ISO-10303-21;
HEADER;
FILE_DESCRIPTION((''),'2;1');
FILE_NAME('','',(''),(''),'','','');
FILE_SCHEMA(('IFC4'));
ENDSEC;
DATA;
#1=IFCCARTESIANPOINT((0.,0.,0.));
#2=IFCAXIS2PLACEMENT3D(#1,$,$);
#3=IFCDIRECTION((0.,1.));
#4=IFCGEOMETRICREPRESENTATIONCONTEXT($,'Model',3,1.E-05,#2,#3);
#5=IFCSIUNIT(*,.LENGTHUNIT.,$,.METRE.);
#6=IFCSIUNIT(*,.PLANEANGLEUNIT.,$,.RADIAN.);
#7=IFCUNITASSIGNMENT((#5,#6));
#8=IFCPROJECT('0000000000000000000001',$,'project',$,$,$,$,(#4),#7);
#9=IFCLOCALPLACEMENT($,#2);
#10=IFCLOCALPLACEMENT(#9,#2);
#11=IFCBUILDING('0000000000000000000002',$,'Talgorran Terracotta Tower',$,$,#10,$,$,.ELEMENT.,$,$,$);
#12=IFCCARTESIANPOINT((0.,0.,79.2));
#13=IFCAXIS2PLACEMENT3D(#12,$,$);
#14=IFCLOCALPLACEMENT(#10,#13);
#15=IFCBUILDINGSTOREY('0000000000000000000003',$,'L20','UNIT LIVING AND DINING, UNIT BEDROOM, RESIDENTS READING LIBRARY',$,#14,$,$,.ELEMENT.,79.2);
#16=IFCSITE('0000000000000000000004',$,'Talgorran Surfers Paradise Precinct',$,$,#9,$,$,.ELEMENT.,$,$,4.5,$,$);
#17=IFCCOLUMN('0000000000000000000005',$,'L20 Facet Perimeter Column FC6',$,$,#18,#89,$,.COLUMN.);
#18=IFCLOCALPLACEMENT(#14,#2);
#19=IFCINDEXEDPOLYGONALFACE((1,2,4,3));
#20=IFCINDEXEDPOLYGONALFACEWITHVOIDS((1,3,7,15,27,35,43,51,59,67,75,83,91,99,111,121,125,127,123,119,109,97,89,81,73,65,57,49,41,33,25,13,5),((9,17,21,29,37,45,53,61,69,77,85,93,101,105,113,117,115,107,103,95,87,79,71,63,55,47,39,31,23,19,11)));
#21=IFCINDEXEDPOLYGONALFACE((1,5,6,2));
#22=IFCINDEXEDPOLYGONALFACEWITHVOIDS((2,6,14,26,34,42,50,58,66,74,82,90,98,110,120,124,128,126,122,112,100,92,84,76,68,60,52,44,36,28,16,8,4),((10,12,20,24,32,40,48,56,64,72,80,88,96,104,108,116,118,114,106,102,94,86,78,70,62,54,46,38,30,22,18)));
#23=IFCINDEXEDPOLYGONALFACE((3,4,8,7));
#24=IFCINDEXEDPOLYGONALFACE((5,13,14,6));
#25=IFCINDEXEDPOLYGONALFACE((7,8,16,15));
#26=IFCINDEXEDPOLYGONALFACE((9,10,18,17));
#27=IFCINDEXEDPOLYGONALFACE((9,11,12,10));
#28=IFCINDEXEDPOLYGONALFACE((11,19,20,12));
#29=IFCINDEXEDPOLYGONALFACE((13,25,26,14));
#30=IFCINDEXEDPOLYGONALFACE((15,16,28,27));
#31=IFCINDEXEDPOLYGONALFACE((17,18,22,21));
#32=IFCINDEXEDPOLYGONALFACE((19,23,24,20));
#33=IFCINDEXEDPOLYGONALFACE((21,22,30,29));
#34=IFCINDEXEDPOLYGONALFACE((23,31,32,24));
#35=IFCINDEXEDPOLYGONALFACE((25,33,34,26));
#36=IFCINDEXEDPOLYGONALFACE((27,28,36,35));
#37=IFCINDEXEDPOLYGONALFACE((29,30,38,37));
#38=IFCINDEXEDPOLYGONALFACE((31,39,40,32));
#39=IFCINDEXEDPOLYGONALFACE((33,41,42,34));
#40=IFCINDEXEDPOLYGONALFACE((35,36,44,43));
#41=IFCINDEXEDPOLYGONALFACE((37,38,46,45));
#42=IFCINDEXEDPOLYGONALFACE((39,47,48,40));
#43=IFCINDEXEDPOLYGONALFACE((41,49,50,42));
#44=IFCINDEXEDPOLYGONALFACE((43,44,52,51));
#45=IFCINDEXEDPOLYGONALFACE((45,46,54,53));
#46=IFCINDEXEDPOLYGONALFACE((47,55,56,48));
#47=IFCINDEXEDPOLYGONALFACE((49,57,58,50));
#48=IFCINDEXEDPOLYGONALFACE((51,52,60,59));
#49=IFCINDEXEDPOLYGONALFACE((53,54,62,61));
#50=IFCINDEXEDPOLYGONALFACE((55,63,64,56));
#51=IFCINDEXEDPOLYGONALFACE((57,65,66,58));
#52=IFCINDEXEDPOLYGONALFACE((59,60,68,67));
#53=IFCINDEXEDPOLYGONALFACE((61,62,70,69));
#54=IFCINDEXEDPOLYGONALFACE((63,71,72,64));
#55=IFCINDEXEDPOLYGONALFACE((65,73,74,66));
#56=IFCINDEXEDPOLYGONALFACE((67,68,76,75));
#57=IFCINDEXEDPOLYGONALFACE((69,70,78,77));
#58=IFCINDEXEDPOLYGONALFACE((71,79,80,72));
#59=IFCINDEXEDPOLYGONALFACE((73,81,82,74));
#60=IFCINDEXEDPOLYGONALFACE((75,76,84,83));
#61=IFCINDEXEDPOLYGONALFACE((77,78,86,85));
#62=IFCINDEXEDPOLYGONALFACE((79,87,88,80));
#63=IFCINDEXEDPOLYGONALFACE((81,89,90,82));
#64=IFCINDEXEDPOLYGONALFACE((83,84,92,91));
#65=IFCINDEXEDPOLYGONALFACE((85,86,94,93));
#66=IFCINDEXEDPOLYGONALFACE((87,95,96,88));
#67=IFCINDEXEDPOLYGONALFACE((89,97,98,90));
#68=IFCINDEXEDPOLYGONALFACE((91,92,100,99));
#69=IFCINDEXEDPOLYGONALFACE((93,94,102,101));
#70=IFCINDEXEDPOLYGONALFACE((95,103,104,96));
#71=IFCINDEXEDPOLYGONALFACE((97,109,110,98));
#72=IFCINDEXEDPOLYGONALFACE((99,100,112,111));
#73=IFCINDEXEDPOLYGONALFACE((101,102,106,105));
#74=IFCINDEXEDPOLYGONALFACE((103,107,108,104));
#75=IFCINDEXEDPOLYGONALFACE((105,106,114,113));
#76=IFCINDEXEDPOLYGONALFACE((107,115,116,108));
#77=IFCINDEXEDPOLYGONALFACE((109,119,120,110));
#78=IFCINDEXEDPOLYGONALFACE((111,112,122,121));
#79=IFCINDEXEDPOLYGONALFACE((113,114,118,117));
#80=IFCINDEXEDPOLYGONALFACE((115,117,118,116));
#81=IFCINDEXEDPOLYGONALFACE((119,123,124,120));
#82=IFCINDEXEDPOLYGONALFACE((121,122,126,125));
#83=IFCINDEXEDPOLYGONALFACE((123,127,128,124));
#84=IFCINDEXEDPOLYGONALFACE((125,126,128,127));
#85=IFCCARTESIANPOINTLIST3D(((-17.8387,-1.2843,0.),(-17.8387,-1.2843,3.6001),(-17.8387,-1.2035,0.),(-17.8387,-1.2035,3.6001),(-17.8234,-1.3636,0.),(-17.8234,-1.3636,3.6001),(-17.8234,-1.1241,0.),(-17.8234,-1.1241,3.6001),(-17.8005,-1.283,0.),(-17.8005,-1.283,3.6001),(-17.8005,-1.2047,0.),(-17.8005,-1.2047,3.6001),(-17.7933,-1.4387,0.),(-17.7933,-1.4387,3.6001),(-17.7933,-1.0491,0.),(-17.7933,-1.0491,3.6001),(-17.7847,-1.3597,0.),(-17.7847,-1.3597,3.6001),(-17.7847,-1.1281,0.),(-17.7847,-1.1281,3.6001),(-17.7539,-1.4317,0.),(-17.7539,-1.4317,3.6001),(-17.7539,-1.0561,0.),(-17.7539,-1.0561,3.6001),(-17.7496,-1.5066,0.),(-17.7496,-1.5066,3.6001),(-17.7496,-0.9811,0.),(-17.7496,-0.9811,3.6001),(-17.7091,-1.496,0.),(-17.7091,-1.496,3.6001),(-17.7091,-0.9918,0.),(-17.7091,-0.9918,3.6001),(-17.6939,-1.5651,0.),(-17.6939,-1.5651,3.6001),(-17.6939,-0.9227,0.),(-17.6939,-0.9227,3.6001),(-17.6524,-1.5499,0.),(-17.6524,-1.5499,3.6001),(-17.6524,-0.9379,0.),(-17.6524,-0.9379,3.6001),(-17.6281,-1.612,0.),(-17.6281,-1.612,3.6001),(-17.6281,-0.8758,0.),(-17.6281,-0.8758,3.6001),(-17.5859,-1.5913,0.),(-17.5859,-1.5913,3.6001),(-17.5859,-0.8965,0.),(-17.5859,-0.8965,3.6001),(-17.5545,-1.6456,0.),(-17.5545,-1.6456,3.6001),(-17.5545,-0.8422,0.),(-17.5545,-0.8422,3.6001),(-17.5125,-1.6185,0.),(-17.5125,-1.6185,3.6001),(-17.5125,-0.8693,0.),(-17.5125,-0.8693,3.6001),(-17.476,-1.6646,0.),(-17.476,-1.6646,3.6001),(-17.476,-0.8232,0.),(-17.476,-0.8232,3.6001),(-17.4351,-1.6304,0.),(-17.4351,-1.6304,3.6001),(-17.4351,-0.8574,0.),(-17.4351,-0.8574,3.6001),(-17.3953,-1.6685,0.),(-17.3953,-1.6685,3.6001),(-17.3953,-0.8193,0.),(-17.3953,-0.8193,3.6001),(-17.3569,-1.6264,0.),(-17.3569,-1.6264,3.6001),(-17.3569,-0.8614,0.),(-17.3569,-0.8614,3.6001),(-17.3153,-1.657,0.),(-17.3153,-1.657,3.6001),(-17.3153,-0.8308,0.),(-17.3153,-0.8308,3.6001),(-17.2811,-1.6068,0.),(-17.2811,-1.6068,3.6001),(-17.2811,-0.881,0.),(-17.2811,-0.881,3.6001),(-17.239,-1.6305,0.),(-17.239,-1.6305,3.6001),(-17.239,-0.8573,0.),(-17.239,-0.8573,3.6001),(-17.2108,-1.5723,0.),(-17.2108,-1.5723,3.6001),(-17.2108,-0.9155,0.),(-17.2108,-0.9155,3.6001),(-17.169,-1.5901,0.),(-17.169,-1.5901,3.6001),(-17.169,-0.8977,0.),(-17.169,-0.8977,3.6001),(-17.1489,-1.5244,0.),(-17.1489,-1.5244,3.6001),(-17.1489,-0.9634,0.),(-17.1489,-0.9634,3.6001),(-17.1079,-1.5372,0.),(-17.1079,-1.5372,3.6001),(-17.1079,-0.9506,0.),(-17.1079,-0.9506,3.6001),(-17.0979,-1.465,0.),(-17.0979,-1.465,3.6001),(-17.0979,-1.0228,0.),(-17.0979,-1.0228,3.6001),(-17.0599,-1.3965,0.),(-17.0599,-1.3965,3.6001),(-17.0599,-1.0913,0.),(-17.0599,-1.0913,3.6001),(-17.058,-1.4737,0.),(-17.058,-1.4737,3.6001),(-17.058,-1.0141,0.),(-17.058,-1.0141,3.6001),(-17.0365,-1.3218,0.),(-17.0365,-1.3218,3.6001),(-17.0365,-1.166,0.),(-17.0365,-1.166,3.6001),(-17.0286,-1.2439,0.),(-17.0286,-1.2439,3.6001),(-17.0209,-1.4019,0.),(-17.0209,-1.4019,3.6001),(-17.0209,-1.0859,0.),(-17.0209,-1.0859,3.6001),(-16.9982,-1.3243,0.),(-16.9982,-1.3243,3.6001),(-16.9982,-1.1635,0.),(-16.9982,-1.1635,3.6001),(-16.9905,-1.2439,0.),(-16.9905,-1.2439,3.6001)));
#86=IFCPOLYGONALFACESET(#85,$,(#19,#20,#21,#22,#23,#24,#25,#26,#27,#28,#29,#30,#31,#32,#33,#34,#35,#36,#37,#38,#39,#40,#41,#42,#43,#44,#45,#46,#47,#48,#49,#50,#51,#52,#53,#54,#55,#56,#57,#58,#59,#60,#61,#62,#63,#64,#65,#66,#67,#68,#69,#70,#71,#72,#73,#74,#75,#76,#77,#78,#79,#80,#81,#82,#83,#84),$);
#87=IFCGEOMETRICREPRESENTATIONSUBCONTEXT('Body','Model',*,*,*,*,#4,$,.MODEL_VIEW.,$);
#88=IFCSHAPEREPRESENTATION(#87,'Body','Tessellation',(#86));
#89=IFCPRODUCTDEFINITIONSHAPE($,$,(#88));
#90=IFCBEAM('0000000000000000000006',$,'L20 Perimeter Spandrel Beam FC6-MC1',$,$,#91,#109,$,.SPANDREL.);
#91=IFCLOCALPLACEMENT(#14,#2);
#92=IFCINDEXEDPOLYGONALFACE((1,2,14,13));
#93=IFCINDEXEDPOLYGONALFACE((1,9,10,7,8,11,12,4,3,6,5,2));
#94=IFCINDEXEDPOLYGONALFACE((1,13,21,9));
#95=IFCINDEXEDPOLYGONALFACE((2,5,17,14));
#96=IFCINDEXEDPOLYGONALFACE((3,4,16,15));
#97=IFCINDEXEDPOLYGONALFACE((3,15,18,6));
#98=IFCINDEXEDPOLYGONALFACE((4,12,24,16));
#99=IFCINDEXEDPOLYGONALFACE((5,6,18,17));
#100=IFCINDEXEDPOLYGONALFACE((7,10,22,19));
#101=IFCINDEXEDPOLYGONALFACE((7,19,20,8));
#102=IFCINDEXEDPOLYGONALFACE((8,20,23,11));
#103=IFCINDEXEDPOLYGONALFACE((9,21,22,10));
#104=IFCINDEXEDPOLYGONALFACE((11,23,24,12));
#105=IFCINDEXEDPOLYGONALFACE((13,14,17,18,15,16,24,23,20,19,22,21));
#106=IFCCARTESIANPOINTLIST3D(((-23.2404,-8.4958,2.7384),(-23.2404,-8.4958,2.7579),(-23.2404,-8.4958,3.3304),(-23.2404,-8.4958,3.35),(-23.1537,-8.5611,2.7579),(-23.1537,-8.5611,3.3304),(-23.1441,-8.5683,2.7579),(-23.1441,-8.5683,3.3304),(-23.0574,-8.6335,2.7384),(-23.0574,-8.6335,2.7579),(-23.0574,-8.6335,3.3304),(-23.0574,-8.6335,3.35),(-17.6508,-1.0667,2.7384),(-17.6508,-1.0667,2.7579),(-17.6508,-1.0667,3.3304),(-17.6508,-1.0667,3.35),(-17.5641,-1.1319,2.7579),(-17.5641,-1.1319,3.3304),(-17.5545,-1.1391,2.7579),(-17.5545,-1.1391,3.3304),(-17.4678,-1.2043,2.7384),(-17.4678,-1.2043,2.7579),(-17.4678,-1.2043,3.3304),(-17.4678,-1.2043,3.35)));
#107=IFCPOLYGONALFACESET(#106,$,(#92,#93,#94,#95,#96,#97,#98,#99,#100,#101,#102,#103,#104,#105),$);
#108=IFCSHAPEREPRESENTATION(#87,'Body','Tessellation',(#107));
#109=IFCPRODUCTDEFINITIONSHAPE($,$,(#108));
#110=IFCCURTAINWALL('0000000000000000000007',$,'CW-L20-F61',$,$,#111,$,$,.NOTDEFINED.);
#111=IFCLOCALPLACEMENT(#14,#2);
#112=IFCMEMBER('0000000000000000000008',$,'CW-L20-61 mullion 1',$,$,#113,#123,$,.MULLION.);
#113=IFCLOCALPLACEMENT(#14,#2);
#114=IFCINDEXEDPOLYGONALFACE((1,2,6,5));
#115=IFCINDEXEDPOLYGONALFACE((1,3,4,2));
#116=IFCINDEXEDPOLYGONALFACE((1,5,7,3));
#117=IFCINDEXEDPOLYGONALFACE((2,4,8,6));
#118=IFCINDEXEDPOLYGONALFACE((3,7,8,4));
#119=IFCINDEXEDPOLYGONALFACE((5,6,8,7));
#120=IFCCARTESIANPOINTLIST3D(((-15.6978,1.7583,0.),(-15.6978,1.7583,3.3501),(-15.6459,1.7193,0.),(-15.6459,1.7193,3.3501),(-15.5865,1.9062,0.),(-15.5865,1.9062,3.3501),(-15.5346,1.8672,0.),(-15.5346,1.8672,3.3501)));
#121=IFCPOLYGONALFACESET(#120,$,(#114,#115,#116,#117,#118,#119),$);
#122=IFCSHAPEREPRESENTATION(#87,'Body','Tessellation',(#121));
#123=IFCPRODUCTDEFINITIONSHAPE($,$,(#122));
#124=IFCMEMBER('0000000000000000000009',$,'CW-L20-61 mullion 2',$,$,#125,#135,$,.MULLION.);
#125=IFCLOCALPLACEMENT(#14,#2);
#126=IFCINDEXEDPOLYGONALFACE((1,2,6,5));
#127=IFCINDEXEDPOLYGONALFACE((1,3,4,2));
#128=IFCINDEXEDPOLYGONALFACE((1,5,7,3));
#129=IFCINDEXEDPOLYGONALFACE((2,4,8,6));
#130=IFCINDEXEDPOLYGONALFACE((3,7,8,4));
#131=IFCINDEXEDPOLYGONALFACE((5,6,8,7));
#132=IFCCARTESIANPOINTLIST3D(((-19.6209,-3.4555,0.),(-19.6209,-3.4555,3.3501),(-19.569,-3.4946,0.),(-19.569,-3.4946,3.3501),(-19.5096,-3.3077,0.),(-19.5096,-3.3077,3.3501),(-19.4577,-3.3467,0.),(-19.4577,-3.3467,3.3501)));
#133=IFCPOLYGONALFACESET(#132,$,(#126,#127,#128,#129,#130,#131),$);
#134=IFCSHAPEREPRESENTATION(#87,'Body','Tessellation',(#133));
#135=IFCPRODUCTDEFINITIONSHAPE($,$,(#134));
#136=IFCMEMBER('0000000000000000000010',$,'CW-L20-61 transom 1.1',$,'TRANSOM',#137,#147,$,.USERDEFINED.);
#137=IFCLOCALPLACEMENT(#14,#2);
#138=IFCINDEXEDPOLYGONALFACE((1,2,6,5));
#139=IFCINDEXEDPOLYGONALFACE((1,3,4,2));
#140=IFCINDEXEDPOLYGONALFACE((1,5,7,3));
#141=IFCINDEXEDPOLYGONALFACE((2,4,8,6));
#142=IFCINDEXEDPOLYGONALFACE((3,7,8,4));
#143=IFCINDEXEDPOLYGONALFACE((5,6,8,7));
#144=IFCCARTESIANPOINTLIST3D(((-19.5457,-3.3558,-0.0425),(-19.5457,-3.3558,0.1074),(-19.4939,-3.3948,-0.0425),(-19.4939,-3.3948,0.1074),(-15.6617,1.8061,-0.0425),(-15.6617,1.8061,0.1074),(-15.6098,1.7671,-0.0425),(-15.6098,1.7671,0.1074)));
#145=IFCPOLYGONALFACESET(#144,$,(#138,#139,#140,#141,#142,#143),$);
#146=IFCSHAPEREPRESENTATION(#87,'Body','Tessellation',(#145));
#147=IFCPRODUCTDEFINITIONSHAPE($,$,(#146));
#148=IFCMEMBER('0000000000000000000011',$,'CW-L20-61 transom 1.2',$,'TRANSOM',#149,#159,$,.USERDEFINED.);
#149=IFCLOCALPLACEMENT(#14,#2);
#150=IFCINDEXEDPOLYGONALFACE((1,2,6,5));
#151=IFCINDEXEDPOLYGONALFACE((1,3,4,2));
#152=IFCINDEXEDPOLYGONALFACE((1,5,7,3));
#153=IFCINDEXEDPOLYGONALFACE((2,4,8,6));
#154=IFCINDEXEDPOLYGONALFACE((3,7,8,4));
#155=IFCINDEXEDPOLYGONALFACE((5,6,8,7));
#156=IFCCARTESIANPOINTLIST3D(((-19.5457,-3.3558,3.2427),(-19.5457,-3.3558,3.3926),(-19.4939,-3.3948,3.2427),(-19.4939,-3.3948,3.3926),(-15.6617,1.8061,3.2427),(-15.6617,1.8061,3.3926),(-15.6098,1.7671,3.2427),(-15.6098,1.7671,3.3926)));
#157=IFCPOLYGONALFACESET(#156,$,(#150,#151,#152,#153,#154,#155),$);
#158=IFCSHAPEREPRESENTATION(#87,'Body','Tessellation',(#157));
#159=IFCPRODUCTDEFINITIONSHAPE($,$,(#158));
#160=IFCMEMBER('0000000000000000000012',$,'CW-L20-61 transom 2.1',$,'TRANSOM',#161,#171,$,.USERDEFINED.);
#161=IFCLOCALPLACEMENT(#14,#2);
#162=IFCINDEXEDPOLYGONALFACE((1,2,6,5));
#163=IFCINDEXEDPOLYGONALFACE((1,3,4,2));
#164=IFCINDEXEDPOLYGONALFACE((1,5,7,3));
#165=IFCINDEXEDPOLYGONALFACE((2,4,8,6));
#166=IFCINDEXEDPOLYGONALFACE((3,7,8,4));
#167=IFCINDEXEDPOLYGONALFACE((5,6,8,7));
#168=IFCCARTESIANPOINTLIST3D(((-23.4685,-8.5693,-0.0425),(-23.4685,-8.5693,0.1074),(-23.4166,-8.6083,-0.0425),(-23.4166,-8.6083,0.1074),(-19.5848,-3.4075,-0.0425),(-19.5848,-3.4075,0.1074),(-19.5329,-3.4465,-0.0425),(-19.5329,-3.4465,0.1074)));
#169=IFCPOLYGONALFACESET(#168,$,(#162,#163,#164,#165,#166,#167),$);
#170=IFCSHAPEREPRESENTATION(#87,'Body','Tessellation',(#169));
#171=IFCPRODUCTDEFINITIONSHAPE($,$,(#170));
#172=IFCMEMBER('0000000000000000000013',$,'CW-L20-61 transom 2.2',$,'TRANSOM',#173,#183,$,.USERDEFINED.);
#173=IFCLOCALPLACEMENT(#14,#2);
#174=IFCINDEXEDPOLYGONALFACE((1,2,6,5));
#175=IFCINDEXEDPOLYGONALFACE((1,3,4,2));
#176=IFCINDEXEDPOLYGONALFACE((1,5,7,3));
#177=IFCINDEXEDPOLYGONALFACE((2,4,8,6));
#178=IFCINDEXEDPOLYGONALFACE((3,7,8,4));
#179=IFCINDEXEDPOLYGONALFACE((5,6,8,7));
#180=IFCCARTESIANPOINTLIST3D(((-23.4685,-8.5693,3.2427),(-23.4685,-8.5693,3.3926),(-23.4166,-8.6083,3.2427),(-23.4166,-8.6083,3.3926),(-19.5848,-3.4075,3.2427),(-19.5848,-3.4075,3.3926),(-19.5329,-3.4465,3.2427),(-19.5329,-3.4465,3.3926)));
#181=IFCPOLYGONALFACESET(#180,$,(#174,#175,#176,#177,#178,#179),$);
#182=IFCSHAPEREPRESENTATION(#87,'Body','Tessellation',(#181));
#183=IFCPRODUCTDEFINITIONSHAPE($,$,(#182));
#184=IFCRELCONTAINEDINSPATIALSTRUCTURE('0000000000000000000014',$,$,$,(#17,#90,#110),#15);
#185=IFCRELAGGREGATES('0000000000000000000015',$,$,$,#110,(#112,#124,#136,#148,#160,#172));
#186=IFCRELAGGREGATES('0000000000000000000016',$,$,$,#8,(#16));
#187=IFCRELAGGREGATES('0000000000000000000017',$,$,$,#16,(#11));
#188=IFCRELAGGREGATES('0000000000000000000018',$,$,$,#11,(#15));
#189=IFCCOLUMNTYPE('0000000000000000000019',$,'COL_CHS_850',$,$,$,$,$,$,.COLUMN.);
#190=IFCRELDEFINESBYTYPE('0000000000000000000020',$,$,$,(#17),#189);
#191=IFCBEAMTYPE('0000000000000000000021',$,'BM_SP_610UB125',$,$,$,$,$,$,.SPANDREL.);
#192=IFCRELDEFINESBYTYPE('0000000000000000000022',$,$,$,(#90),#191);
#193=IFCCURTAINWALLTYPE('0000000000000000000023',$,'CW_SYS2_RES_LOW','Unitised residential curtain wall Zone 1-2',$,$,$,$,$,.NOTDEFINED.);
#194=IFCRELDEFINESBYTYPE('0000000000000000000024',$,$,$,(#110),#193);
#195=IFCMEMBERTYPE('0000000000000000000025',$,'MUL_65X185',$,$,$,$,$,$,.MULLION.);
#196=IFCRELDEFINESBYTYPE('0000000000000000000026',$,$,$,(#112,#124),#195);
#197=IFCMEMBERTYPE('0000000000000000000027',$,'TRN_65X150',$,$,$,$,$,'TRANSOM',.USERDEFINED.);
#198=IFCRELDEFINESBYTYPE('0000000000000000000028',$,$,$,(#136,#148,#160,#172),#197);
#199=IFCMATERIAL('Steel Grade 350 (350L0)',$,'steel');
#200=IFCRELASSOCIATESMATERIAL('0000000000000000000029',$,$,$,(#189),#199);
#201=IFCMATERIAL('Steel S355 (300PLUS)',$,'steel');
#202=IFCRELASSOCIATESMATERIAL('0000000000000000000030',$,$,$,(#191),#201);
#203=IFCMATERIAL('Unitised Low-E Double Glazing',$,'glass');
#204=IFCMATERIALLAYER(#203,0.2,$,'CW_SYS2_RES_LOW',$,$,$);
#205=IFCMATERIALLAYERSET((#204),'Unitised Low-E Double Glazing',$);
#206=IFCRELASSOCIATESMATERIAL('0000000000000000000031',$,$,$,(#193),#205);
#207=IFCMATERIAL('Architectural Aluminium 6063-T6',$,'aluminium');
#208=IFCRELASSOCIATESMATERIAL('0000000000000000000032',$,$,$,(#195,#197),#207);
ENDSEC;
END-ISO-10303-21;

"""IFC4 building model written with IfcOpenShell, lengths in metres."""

from ifc_helpers import new_model, si_unit, direction, frame, origin, origin_2d, place, context, subcontext, project, spatial, rectangle, hollow_circle, i_section, extrude, material, layer, layer_set, material_profile, profile_set, type_object, element, aggregate, save


model = new_model("IFC4")

# Units and contexts
model_context = context("Model", 3, precision=1e-05, world=origin(), true_north=direction((0.0, 1.0)))
body_context = subcontext(model_context, "Body", "Model", "MODEL_VIEW")
ifc_project = project(units=[si_unit("LENGTHUNIT", "METRE"), si_unit("PLANEANGLEUNIT", "RADIAN")], contexts=[model_context])

# Site, building, storey
site_placement = place(None, origin())
site = spatial("IfcSite", under=ifc_project, at=site_placement, Name="Talgorran Surfers Paradise Precinct", CompositionType="ELEMENT", RefElevation=4.5)
building_placement = place(site_placement, origin())
building = spatial("IfcBuilding", under=site, at=building_placement, Name="Talgorran Terracotta Tower", CompositionType="ELEMENT")
storey_placement = place(building_placement, frame((0.0, 0.0, 79.2)))
storey = spatial("IfcBuildingStorey", under=building, at=storey_placement, Name="L20", Description="UNIT LIVING AND DINING, UNIT BEDROOM, RESIDENTS READING LIBRARY", CompositionType="ELEMENT", Elevation=79.2)

# Column
ifc_material_1 = material(Name="Steel Grade 350 (350L0)", Category="steel")
ifc_material_profile_1 = material_profile(ifc_material_1, hollow_circle(Radius=0.425, WallThickness=0.0381, at=origin_2d()), Name="CHS850X38")
ifc_profile_set_1 = profile_set([ifc_material_profile_1], Name="Steel Grade 350 (350L0)")
column_type = type_object("IfcColumnType", Name="COL_CHS_850", PredefinedType="COLUMN", material=ifc_profile_set_1)
column_placement = place(storey_placement, frame((-17.4155, -1.2439, 0.0), z_axis=(0.0, 0.0, 1.0), x_axis=(1.0, 0.0, 0.0)))
element("IfcColumn", 1, at=column_placement, inside=storey, type_object=column_type, Name="L20 Facet Perimeter Column FC6", PredefinedType="COLUMN", context=body_context, shape_type="SweptSolid", body=[
    extrude(hollow_circle(Radius=0.425, WallThickness=0.0381, at=origin_2d()), origin(), (0.0, 0.0, 1.0), 3.6001),
])

# Beam
ifc_material_2 = material(Name="Steel S355 (300PLUS)", Category="steel")
ifc_material_profile_2 = material_profile(ifc_material_2, i_section(OverallWidth=0.229, OverallDepth=0.6116, WebThickness=0.012, FlangeThickness=0.0195, at=origin_2d()), Name="610UB125")
ifc_profile_set_2 = profile_set([ifc_material_profile_2], Name="Steel S355 (300PLUS)")
beam_type = type_object("IfcBeamType", Name="BM_SP_610UB125", PredefinedType="SPANDREL", material=ifc_profile_set_2)
beam_placement = place(storey_placement, frame((-17.5593, -1.1355, 3.0442), z_axis=(-0.601218, -0.799085, 0.0), x_axis=(0.799085, -0.601218, 0.0)))
element("IfcBeam", 2, at=beam_placement, inside=storey, type_object=beam_type, Name="L20 Perimeter Spandrel Beam FC6-MC1", PredefinedType="SPANDREL", context=body_context, shape_type="SweptSolid", body=[
    extrude(i_section(OverallWidth=0.229, OverallDepth=0.6116, WebThickness=0.012, FlangeThickness=0.0195, at=origin_2d()), origin(), (0.0, 0.0, 1.0), 9.2971),
])

# Curtain wall, members
ifc_material_3 = material(Name="Unitised Low-E Double Glazing", Category="glass")
ifc_layer_1 = layer(ifc_material_3, 0.2, Name="CW_SYS2_RES_LOW")
ifc_layer_set_1 = layer_set([ifc_layer_1], Name="Unitised Low-E Double Glazing")
curtain_wall_type = type_object("IfcCurtainWallType", Name="CW_SYS2_RES_LOW", Description="Unitised residential curtain wall Zone 1-2", PredefinedType="NOTDEFINED", material=ifc_layer_set_1)
curtain_wall_placement = place(storey_placement, origin())
curtain_wall = element("IfcCurtainWall", 3, at=curtain_wall_placement, inside=storey, type_object=curtain_wall_type, Name="CW-L20-F61", PredefinedType="NOTDEFINED")
ifc_material_4 = material(Name="Architectural Aluminium 6063-T6", Category="aluminium")
ifc_material_profile_3 = material_profile(ifc_material_4, rectangle(XDim=0.0649, YDim=0.1851, at=origin_2d()), Name="CWM65X185")
ifc_profile_set_3 = profile_set([ifc_material_profile_3], Name="Architectural Aluminium 6063-T6")
member_type_1 = type_object("IfcMemberType", Name="MUL_65X185", PredefinedType="MULLION", material=ifc_profile_set_3)
member_1_placement = place(storey_placement, frame((-15.6162, 1.8127, 0.0), z_axis=(0.0, 0.0, 1.0), x_axis=(0.799064, -0.601246, 0.0)))
member_1 = element("IfcMember", 4, at=member_1_placement, type_object=member_type_1, Name="CW-L20-61 mullion 1", PredefinedType="MULLION", context=body_context, shape_type="SweptSolid", body=[
    extrude(rectangle(XDim=0.0649, YDim=0.1851, at=origin_2d()), origin(), (0.0, 0.0, 1.0), 3.3501),
])
member_2_placement = place(storey_placement, frame((-19.5393, -3.4011, 0.0), z_axis=(0.0, 0.0, 1.0), x_axis=(0.799064, -0.601246, 0.0)))
member_2 = element("IfcMember", 5, at=member_2_placement, type_object=member_type_1, Name="CW-L20-61 mullion 2", PredefinedType="MULLION", context=body_context, shape_type="SweptSolid", body=[
    extrude(rectangle(XDim=0.0649, YDim=0.1851, at=origin_2d()), origin(), (0.0, 0.0, 1.0), 3.3501),
])
ifc_material_profile_4 = material_profile(ifc_material_4, rectangle(XDim=0.0649, YDim=0.1499, at=origin_2d()), Name="CWT65X150")
ifc_profile_set_4 = profile_set([ifc_material_profile_4], Name="Architectural Aluminium 6063-T6")
member_type_2 = type_object("IfcMemberType", Name="TRN_65X150", ElementType="TRANSOM", PredefinedType="USERDEFINED", material=ifc_profile_set_4)
member_3_placement = place(storey_placement, frame((-15.6357, 1.7866, 0.0325), z_axis=(-0.601251, -0.79906, 0.0), x_axis=(0.79906, -0.601251, 0.0)))
member_3 = element("IfcMember", 6, at=member_3_placement, type_object=member_type_2, Name="CW-L20-61 transom 1.1", ObjectType="TRANSOM", PredefinedType="USERDEFINED", context=body_context, shape_type="SweptSolid", body=[
    extrude(rectangle(XDim=0.0649, YDim=0.1499, at=origin_2d()), origin(), (0.0, 0.0, 1.0), 6.46),
])
member_4_placement = place(storey_placement, frame((-15.6357, 1.7866, 3.3176), z_axis=(-0.601251, -0.79906, 0.0), x_axis=(0.79906, -0.601251, 0.0)))
member_4 = element("IfcMember", 7, at=member_4_placement, type_object=member_type_2, Name="CW-L20-61 transom 1.2", ObjectType="TRANSOM", PredefinedType="USERDEFINED", context=body_context, shape_type="SweptSolid", body=[
    extrude(rectangle(XDim=0.0649, YDim=0.1499, at=origin_2d()), origin(), (0.0, 0.0, 1.0), 6.46),
])
member_5_placement = place(storey_placement, frame((-19.5588, -3.427, 0.0325), z_axis=(-0.601227, -0.799078, 0.0), x_axis=(0.799078, -0.601227, 0.0)))
member_5 = element("IfcMember", 8, at=member_5_placement, type_object=member_type_2, Name="CW-L20-61 transom 2.1", ObjectType="TRANSOM", PredefinedType="USERDEFINED", context=body_context, shape_type="SweptSolid", body=[
    extrude(rectangle(XDim=0.0649, YDim=0.1499, at=origin_2d()), origin(), (0.0, 0.0, 1.0), 6.4597),
])
member_6_placement = place(storey_placement, frame((-19.5588, -3.427, 3.3176), z_axis=(-0.601227, -0.799078, 0.0), x_axis=(0.799078, -0.601227, 0.0)))
member_6 = element("IfcMember", 9, at=member_6_placement, type_object=member_type_2, Name="CW-L20-61 transom 2.2", ObjectType="TRANSOM", PredefinedType="USERDEFINED", context=body_context, shape_type="SweptSolid", body=[
    extrude(rectangle(XDim=0.0649, YDim=0.1499, at=origin_2d()), origin(), (0.0, 0.0, 1.0), 6.4597),
])

aggregate(curtain_wall, [member_1, member_2, member_3, member_4, member_5, member_6])

save(model, "model.ifc")
